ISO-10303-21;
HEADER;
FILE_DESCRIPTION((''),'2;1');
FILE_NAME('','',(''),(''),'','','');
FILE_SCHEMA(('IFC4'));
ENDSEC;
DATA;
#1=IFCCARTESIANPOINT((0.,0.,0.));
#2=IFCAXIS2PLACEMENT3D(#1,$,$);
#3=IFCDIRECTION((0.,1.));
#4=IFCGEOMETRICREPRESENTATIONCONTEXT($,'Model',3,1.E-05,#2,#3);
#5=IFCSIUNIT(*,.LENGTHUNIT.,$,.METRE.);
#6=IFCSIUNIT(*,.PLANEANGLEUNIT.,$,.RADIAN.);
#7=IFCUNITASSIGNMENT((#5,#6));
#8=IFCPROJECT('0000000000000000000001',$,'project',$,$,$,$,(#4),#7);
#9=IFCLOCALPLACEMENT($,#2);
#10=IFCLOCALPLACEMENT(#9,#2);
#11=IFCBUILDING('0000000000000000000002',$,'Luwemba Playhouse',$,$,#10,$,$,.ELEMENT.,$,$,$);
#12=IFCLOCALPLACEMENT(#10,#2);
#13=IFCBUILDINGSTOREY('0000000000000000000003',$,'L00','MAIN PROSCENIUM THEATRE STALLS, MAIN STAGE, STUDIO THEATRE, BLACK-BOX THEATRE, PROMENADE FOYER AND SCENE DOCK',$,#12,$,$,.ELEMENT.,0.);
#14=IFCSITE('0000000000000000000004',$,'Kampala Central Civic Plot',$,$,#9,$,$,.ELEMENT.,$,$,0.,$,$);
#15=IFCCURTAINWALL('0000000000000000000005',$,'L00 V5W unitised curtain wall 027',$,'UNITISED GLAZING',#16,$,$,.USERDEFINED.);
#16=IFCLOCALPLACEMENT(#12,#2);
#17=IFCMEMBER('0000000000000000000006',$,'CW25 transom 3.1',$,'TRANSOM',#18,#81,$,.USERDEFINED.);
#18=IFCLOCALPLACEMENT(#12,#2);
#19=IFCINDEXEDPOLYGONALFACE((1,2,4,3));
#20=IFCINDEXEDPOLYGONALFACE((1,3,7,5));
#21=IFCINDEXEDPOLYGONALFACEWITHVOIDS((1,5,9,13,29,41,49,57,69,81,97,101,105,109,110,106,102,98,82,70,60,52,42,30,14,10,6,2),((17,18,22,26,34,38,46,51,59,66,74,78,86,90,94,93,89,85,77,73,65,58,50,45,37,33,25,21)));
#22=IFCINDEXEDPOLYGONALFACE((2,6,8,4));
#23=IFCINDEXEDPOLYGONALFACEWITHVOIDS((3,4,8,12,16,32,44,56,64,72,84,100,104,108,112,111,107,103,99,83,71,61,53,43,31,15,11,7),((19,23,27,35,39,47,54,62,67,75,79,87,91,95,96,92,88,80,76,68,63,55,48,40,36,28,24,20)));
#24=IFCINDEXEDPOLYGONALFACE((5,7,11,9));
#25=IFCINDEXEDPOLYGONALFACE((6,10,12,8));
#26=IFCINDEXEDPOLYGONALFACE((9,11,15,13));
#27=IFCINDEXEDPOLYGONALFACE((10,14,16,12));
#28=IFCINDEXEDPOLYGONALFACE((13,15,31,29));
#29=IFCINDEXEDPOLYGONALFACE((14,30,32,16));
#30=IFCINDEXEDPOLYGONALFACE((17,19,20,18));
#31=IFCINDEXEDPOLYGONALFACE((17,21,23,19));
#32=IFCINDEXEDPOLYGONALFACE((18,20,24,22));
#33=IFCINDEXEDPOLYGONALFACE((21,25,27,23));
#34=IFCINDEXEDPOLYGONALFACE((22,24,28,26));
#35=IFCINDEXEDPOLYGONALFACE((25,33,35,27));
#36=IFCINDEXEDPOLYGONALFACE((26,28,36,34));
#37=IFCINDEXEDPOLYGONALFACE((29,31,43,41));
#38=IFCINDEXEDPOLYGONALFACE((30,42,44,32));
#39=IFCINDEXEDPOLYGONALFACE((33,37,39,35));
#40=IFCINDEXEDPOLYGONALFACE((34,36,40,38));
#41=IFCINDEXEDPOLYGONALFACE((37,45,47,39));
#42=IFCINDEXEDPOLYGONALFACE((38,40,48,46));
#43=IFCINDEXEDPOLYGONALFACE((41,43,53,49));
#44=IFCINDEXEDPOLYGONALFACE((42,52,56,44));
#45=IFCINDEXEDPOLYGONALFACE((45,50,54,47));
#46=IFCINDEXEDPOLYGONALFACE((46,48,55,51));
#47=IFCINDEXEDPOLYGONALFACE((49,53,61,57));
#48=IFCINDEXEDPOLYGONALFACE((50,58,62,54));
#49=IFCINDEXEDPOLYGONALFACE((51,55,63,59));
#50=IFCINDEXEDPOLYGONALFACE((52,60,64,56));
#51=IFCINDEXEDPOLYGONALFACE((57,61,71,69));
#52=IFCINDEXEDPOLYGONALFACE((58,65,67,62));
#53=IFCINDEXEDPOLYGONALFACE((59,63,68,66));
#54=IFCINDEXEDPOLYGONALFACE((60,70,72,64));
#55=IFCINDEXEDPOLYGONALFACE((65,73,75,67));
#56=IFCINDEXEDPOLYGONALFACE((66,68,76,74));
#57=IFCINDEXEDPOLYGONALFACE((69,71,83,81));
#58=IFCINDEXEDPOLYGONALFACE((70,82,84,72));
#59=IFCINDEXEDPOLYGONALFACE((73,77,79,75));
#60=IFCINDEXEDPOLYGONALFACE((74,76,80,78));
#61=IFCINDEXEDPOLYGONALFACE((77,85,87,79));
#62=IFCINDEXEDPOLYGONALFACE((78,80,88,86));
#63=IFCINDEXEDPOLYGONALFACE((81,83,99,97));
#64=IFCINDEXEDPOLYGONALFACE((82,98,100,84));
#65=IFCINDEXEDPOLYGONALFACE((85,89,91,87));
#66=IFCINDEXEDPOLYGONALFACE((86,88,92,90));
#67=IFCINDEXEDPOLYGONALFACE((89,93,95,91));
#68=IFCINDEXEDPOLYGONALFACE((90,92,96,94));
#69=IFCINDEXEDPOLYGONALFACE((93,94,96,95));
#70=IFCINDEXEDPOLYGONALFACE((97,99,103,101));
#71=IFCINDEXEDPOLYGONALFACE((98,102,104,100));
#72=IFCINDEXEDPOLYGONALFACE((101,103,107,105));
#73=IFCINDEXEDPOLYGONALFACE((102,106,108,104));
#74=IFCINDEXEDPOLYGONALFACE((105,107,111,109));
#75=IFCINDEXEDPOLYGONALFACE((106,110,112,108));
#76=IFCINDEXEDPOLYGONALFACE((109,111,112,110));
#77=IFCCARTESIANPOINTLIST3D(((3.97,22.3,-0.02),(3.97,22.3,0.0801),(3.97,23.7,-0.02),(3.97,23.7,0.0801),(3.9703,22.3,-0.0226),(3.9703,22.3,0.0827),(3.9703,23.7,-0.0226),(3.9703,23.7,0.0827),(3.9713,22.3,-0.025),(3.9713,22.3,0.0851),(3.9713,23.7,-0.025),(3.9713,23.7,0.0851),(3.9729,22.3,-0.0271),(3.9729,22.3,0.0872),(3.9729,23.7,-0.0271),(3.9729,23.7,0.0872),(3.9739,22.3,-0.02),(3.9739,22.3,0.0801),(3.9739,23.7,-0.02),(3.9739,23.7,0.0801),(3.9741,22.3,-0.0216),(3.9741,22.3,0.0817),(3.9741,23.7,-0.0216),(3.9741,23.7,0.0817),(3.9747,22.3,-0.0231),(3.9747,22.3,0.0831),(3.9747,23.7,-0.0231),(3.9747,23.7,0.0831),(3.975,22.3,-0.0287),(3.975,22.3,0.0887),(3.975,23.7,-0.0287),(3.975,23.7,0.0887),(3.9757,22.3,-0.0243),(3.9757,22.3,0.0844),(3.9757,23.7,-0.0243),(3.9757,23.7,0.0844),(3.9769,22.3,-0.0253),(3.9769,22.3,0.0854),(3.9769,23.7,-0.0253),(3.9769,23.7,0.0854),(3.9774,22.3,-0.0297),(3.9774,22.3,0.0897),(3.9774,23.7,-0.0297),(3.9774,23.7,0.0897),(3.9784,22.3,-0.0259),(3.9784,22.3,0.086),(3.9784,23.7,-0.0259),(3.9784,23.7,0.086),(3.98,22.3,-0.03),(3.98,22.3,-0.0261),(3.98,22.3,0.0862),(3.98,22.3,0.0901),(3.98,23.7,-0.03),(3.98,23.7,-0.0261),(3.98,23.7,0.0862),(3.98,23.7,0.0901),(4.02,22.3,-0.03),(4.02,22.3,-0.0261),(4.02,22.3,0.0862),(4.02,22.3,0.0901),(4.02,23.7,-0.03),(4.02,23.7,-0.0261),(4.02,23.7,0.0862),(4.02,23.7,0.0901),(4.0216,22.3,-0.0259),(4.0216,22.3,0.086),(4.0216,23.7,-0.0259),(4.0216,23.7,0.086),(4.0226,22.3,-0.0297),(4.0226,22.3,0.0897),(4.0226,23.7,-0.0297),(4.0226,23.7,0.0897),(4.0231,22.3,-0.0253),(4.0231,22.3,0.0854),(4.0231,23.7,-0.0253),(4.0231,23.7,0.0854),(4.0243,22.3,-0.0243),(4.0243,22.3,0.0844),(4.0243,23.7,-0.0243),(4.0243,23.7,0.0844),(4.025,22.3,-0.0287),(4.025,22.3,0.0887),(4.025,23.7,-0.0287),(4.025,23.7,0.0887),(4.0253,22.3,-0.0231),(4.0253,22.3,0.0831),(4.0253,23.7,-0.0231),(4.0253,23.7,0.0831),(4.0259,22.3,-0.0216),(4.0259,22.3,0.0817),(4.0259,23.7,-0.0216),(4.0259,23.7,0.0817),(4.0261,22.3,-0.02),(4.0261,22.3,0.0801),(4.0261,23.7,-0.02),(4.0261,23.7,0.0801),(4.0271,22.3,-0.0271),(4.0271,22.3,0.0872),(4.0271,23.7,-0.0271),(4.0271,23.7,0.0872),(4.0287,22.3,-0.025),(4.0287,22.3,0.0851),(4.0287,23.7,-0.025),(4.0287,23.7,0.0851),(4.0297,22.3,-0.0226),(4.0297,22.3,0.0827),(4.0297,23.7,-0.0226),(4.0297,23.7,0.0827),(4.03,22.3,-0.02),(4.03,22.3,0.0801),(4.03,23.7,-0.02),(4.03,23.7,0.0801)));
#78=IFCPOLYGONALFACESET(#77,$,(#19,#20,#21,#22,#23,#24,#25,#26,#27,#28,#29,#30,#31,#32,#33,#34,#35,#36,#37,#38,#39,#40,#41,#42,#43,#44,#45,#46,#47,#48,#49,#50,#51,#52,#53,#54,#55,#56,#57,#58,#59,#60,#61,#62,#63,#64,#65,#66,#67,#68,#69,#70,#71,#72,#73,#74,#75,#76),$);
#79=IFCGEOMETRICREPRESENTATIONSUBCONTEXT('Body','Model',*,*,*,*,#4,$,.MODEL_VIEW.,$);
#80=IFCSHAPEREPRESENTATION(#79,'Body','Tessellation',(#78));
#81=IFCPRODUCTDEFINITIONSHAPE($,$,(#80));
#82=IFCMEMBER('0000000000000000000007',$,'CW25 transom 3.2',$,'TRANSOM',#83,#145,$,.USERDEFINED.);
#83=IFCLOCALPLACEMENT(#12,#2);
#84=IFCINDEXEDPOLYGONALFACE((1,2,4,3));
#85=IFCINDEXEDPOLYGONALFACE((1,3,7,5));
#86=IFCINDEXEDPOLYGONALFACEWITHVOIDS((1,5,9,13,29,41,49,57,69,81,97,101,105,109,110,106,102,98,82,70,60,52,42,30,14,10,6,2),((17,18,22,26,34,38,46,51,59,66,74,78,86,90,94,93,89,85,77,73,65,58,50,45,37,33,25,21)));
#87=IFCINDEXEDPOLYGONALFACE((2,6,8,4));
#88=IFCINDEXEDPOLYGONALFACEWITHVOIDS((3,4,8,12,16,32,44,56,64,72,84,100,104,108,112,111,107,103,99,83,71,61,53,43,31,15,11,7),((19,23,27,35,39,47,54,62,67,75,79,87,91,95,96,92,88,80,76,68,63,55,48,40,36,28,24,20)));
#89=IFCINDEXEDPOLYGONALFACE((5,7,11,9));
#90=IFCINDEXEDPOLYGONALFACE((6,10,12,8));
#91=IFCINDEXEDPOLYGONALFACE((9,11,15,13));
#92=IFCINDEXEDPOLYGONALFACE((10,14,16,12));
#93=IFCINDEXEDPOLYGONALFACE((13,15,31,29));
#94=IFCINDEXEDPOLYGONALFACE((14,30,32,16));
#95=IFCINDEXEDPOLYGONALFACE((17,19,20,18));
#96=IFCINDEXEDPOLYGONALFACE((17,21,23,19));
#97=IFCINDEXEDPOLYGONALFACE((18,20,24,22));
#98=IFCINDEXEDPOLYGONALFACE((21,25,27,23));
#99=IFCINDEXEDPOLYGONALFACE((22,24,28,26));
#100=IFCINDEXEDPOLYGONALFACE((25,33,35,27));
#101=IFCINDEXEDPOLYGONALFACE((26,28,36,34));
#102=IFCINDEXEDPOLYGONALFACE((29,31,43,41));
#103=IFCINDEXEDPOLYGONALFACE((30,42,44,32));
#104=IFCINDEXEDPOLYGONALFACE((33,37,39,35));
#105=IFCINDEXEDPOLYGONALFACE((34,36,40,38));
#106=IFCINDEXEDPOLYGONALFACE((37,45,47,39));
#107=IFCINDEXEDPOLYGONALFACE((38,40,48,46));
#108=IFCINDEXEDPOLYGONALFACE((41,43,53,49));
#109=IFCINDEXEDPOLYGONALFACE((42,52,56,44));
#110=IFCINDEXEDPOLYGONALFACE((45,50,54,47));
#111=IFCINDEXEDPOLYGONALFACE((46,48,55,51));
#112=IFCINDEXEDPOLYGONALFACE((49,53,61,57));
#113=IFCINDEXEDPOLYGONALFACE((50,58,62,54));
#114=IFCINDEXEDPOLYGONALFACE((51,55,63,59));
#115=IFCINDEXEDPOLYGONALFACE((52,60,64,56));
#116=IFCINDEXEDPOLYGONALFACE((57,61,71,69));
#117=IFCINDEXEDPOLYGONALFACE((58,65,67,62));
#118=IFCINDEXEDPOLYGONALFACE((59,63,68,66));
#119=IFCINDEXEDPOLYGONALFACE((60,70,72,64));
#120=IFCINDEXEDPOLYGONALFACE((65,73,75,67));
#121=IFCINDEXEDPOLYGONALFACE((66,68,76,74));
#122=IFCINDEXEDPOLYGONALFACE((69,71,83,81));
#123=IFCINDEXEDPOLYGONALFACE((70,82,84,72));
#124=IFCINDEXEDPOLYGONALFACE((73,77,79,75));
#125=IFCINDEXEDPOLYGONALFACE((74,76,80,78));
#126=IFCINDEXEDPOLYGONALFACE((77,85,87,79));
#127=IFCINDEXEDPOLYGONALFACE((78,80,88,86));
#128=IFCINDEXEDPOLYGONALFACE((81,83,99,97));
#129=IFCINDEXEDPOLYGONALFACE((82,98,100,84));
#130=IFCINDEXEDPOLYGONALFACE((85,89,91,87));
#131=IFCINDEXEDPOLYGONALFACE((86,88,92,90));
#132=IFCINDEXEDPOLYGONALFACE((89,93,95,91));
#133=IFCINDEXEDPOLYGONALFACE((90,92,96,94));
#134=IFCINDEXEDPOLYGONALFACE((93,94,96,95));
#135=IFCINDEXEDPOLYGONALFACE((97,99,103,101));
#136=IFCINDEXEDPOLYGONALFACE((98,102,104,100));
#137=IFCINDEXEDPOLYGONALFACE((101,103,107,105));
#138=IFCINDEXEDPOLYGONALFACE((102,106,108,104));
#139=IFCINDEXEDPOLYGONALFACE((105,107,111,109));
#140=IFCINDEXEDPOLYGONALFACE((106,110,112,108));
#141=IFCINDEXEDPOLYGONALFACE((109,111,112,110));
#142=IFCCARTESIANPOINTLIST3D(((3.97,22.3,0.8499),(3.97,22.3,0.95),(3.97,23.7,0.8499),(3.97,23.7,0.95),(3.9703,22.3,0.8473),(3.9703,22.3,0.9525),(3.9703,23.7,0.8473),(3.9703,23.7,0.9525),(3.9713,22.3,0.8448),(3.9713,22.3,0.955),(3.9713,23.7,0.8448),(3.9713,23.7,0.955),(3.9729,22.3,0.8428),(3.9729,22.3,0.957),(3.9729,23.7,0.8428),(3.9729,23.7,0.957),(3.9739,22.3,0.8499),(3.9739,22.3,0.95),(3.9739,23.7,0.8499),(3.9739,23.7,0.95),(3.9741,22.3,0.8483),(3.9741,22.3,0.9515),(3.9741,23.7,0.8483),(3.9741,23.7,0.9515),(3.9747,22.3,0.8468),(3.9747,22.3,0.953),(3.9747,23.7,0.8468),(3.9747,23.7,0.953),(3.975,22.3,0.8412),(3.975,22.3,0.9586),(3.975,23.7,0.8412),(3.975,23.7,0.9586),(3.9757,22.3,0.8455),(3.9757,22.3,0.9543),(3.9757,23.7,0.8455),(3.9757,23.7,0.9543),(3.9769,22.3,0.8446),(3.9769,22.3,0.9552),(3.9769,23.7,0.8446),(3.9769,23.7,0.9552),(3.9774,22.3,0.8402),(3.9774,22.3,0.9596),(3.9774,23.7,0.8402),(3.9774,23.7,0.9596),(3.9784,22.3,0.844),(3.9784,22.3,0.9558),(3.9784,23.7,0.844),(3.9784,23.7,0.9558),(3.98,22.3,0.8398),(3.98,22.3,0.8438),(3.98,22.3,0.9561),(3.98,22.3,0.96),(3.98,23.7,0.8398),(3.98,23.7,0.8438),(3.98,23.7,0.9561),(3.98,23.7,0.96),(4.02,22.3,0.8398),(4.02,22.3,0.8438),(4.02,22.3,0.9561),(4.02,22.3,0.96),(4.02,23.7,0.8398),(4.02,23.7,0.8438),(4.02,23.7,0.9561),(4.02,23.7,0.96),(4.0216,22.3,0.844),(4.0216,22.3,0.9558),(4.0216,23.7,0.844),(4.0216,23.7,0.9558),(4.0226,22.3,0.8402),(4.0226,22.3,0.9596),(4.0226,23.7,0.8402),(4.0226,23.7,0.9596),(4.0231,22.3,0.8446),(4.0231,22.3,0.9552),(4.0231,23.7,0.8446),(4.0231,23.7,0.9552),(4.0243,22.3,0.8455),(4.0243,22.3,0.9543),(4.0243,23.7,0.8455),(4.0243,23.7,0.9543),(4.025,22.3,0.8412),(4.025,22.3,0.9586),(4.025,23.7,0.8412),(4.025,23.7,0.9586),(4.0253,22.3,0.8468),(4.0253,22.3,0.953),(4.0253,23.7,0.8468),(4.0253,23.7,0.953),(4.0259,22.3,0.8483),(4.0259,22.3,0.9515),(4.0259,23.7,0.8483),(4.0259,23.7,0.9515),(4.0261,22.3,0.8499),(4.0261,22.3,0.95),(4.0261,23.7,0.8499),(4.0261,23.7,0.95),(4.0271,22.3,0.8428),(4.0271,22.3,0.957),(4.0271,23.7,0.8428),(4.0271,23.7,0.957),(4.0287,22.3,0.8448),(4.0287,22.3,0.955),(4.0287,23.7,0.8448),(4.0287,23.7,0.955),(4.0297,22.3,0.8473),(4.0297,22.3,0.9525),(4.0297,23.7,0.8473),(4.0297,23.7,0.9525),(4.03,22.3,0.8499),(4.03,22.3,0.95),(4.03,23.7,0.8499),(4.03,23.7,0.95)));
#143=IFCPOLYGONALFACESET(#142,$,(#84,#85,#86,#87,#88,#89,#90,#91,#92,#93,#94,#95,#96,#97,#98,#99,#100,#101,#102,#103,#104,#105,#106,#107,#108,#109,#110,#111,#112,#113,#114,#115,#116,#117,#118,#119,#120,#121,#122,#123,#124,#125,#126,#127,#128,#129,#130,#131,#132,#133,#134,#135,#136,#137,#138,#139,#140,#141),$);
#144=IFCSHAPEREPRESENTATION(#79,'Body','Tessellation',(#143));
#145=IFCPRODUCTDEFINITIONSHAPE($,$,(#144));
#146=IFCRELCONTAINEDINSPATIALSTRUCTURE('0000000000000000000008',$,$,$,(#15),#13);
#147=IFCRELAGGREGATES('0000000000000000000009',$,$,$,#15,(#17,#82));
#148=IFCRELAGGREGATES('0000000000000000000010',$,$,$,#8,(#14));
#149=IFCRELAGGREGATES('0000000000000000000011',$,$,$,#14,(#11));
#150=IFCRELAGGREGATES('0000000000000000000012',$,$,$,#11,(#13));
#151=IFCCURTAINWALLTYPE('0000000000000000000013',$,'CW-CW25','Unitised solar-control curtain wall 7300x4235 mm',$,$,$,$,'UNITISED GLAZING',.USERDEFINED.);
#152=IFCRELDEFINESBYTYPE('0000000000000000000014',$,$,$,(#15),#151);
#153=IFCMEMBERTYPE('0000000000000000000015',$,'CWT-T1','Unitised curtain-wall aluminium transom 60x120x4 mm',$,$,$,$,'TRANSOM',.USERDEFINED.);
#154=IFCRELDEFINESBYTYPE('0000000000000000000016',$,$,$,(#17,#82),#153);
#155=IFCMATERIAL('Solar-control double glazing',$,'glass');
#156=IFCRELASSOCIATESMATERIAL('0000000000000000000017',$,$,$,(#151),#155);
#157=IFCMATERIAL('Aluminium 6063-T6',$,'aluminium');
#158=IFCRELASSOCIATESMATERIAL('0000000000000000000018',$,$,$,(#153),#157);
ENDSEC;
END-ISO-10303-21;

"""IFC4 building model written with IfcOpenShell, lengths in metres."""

from ifc_helpers import new_model, si_unit, direction, frame, origin, origin_2d, place, context, subcontext, project, spatial, hollow_rectangle, extrude, material, material_profile, profile_set, type_object, element, aggregate, save


model = new_model("IFC4")

# Units and contexts
model_context = context("Model", 3, precision=1e-05, world=origin(), true_north=direction((0.0, 1.0)))
body_context = subcontext(model_context, "Body", "Model", "MODEL_VIEW")
ifc_project = project(units=[si_unit("LENGTHUNIT", "METRE"), si_unit("PLANEANGLEUNIT", "RADIAN")], contexts=[model_context])

# Site, building, storey
site_placement = place(None, origin())
site = spatial("IfcSite", under=ifc_project, at=site_placement, Name="Kampala Central Civic Plot", CompositionType="ELEMENT", RefElevation=0.0)
building_placement = place(site_placement, origin())
building = spatial("IfcBuilding", under=site, at=building_placement, Name="Luwemba Playhouse", CompositionType="ELEMENT")
storey_placement = place(building_placement, origin())
storey = spatial("IfcBuildingStorey", under=building, at=storey_placement, Name="L00", Description="MAIN PROSCENIUM THEATRE STALLS, MAIN STAGE, STUDIO THEATRE, BLACK-BOX THEATRE, PROMENADE FOYER AND SCENE DOCK", CompositionType="ELEMENT", Elevation=0.0)

# Curtain wall, members
ifc_material_1 = material(Name="Solar-control double glazing", Category="glass")
curtain_wall_type = type_object("IfcCurtainWallType", Name="CW-CW25", Description="Unitised solar-control curtain wall 7300x4235 mm", ElementType="UNITISED GLAZING", PredefinedType="USERDEFINED", material=ifc_material_1)
curtain_wall_placement = place(storey_placement, origin())
curtain_wall = element("IfcCurtainWall", 1, at=curtain_wall_placement, inside=storey, type_object=curtain_wall_type, Name="L00 V5W unitised curtain wall 027", ObjectType="UNITISED GLAZING", PredefinedType="USERDEFINED")
ifc_material_2 = material(Name="Aluminium 6063-T6", Category="aluminium")
ifc_material_profile_1 = material_profile(ifc_material_2, hollow_rectangle(XDim=0.0601, YDim=0.1201, WallThickness=0.0039, InnerFilletRadius=0.0061, OuterFilletRadius=0.01, at=origin_2d()))
ifc_profile_set_1 = profile_set([ifc_material_profile_1], Name="Aluminium 6063-T6")
member_type_1 = type_object("IfcMemberType", Name="CWT-T1", Description="Unitised curtain-wall aluminium transom 60x120x4 mm", ElementType="TRANSOM", PredefinedType="USERDEFINED", material=ifc_profile_set_1)
member_1_placement = place(storey_placement, frame((4.0, 22.3, 0.03), z_axis=(0.0, 1.0, 0.0), x_axis=(-1.0, 0.0, 0.0)))
member_1 = element("IfcMember", 2, at=member_1_placement, type_object=member_type_1, Name="CW25 transom 3.1", ObjectType="TRANSOM", PredefinedType="USERDEFINED", context=body_context, shape_type="SweptSolid", body=[
    extrude(hollow_rectangle(XDim=0.0601, YDim=0.1201, WallThickness=0.0039, InnerFilletRadius=0.0061, OuterFilletRadius=0.01, at=origin_2d()), origin(), (0.0, 0.0, 1.0), 1.3999),
])
member_2_placement = place(storey_placement, frame((4.0, 22.3, 0.8999), z_axis=(0.0, 1.0, 0.0), x_axis=(-1.0, 0.0, 0.0)))
member_2 = element("IfcMember", 3, at=member_2_placement, type_object=member_type_1, Name="CW25 transom 3.2", ObjectType="TRANSOM", PredefinedType="USERDEFINED", context=body_context, shape_type="SweptSolid", body=[
    extrude(hollow_rectangle(XDim=0.0601, YDim=0.1201, WallThickness=0.0039, InnerFilletRadius=0.0061, OuterFilletRadius=0.01, at=origin_2d()), origin(), (0.0, 0.0, 1.0), 1.3999),
])
aggregate(curtain_wall, [member_1, member_2])

save(model, "model.ifc")
